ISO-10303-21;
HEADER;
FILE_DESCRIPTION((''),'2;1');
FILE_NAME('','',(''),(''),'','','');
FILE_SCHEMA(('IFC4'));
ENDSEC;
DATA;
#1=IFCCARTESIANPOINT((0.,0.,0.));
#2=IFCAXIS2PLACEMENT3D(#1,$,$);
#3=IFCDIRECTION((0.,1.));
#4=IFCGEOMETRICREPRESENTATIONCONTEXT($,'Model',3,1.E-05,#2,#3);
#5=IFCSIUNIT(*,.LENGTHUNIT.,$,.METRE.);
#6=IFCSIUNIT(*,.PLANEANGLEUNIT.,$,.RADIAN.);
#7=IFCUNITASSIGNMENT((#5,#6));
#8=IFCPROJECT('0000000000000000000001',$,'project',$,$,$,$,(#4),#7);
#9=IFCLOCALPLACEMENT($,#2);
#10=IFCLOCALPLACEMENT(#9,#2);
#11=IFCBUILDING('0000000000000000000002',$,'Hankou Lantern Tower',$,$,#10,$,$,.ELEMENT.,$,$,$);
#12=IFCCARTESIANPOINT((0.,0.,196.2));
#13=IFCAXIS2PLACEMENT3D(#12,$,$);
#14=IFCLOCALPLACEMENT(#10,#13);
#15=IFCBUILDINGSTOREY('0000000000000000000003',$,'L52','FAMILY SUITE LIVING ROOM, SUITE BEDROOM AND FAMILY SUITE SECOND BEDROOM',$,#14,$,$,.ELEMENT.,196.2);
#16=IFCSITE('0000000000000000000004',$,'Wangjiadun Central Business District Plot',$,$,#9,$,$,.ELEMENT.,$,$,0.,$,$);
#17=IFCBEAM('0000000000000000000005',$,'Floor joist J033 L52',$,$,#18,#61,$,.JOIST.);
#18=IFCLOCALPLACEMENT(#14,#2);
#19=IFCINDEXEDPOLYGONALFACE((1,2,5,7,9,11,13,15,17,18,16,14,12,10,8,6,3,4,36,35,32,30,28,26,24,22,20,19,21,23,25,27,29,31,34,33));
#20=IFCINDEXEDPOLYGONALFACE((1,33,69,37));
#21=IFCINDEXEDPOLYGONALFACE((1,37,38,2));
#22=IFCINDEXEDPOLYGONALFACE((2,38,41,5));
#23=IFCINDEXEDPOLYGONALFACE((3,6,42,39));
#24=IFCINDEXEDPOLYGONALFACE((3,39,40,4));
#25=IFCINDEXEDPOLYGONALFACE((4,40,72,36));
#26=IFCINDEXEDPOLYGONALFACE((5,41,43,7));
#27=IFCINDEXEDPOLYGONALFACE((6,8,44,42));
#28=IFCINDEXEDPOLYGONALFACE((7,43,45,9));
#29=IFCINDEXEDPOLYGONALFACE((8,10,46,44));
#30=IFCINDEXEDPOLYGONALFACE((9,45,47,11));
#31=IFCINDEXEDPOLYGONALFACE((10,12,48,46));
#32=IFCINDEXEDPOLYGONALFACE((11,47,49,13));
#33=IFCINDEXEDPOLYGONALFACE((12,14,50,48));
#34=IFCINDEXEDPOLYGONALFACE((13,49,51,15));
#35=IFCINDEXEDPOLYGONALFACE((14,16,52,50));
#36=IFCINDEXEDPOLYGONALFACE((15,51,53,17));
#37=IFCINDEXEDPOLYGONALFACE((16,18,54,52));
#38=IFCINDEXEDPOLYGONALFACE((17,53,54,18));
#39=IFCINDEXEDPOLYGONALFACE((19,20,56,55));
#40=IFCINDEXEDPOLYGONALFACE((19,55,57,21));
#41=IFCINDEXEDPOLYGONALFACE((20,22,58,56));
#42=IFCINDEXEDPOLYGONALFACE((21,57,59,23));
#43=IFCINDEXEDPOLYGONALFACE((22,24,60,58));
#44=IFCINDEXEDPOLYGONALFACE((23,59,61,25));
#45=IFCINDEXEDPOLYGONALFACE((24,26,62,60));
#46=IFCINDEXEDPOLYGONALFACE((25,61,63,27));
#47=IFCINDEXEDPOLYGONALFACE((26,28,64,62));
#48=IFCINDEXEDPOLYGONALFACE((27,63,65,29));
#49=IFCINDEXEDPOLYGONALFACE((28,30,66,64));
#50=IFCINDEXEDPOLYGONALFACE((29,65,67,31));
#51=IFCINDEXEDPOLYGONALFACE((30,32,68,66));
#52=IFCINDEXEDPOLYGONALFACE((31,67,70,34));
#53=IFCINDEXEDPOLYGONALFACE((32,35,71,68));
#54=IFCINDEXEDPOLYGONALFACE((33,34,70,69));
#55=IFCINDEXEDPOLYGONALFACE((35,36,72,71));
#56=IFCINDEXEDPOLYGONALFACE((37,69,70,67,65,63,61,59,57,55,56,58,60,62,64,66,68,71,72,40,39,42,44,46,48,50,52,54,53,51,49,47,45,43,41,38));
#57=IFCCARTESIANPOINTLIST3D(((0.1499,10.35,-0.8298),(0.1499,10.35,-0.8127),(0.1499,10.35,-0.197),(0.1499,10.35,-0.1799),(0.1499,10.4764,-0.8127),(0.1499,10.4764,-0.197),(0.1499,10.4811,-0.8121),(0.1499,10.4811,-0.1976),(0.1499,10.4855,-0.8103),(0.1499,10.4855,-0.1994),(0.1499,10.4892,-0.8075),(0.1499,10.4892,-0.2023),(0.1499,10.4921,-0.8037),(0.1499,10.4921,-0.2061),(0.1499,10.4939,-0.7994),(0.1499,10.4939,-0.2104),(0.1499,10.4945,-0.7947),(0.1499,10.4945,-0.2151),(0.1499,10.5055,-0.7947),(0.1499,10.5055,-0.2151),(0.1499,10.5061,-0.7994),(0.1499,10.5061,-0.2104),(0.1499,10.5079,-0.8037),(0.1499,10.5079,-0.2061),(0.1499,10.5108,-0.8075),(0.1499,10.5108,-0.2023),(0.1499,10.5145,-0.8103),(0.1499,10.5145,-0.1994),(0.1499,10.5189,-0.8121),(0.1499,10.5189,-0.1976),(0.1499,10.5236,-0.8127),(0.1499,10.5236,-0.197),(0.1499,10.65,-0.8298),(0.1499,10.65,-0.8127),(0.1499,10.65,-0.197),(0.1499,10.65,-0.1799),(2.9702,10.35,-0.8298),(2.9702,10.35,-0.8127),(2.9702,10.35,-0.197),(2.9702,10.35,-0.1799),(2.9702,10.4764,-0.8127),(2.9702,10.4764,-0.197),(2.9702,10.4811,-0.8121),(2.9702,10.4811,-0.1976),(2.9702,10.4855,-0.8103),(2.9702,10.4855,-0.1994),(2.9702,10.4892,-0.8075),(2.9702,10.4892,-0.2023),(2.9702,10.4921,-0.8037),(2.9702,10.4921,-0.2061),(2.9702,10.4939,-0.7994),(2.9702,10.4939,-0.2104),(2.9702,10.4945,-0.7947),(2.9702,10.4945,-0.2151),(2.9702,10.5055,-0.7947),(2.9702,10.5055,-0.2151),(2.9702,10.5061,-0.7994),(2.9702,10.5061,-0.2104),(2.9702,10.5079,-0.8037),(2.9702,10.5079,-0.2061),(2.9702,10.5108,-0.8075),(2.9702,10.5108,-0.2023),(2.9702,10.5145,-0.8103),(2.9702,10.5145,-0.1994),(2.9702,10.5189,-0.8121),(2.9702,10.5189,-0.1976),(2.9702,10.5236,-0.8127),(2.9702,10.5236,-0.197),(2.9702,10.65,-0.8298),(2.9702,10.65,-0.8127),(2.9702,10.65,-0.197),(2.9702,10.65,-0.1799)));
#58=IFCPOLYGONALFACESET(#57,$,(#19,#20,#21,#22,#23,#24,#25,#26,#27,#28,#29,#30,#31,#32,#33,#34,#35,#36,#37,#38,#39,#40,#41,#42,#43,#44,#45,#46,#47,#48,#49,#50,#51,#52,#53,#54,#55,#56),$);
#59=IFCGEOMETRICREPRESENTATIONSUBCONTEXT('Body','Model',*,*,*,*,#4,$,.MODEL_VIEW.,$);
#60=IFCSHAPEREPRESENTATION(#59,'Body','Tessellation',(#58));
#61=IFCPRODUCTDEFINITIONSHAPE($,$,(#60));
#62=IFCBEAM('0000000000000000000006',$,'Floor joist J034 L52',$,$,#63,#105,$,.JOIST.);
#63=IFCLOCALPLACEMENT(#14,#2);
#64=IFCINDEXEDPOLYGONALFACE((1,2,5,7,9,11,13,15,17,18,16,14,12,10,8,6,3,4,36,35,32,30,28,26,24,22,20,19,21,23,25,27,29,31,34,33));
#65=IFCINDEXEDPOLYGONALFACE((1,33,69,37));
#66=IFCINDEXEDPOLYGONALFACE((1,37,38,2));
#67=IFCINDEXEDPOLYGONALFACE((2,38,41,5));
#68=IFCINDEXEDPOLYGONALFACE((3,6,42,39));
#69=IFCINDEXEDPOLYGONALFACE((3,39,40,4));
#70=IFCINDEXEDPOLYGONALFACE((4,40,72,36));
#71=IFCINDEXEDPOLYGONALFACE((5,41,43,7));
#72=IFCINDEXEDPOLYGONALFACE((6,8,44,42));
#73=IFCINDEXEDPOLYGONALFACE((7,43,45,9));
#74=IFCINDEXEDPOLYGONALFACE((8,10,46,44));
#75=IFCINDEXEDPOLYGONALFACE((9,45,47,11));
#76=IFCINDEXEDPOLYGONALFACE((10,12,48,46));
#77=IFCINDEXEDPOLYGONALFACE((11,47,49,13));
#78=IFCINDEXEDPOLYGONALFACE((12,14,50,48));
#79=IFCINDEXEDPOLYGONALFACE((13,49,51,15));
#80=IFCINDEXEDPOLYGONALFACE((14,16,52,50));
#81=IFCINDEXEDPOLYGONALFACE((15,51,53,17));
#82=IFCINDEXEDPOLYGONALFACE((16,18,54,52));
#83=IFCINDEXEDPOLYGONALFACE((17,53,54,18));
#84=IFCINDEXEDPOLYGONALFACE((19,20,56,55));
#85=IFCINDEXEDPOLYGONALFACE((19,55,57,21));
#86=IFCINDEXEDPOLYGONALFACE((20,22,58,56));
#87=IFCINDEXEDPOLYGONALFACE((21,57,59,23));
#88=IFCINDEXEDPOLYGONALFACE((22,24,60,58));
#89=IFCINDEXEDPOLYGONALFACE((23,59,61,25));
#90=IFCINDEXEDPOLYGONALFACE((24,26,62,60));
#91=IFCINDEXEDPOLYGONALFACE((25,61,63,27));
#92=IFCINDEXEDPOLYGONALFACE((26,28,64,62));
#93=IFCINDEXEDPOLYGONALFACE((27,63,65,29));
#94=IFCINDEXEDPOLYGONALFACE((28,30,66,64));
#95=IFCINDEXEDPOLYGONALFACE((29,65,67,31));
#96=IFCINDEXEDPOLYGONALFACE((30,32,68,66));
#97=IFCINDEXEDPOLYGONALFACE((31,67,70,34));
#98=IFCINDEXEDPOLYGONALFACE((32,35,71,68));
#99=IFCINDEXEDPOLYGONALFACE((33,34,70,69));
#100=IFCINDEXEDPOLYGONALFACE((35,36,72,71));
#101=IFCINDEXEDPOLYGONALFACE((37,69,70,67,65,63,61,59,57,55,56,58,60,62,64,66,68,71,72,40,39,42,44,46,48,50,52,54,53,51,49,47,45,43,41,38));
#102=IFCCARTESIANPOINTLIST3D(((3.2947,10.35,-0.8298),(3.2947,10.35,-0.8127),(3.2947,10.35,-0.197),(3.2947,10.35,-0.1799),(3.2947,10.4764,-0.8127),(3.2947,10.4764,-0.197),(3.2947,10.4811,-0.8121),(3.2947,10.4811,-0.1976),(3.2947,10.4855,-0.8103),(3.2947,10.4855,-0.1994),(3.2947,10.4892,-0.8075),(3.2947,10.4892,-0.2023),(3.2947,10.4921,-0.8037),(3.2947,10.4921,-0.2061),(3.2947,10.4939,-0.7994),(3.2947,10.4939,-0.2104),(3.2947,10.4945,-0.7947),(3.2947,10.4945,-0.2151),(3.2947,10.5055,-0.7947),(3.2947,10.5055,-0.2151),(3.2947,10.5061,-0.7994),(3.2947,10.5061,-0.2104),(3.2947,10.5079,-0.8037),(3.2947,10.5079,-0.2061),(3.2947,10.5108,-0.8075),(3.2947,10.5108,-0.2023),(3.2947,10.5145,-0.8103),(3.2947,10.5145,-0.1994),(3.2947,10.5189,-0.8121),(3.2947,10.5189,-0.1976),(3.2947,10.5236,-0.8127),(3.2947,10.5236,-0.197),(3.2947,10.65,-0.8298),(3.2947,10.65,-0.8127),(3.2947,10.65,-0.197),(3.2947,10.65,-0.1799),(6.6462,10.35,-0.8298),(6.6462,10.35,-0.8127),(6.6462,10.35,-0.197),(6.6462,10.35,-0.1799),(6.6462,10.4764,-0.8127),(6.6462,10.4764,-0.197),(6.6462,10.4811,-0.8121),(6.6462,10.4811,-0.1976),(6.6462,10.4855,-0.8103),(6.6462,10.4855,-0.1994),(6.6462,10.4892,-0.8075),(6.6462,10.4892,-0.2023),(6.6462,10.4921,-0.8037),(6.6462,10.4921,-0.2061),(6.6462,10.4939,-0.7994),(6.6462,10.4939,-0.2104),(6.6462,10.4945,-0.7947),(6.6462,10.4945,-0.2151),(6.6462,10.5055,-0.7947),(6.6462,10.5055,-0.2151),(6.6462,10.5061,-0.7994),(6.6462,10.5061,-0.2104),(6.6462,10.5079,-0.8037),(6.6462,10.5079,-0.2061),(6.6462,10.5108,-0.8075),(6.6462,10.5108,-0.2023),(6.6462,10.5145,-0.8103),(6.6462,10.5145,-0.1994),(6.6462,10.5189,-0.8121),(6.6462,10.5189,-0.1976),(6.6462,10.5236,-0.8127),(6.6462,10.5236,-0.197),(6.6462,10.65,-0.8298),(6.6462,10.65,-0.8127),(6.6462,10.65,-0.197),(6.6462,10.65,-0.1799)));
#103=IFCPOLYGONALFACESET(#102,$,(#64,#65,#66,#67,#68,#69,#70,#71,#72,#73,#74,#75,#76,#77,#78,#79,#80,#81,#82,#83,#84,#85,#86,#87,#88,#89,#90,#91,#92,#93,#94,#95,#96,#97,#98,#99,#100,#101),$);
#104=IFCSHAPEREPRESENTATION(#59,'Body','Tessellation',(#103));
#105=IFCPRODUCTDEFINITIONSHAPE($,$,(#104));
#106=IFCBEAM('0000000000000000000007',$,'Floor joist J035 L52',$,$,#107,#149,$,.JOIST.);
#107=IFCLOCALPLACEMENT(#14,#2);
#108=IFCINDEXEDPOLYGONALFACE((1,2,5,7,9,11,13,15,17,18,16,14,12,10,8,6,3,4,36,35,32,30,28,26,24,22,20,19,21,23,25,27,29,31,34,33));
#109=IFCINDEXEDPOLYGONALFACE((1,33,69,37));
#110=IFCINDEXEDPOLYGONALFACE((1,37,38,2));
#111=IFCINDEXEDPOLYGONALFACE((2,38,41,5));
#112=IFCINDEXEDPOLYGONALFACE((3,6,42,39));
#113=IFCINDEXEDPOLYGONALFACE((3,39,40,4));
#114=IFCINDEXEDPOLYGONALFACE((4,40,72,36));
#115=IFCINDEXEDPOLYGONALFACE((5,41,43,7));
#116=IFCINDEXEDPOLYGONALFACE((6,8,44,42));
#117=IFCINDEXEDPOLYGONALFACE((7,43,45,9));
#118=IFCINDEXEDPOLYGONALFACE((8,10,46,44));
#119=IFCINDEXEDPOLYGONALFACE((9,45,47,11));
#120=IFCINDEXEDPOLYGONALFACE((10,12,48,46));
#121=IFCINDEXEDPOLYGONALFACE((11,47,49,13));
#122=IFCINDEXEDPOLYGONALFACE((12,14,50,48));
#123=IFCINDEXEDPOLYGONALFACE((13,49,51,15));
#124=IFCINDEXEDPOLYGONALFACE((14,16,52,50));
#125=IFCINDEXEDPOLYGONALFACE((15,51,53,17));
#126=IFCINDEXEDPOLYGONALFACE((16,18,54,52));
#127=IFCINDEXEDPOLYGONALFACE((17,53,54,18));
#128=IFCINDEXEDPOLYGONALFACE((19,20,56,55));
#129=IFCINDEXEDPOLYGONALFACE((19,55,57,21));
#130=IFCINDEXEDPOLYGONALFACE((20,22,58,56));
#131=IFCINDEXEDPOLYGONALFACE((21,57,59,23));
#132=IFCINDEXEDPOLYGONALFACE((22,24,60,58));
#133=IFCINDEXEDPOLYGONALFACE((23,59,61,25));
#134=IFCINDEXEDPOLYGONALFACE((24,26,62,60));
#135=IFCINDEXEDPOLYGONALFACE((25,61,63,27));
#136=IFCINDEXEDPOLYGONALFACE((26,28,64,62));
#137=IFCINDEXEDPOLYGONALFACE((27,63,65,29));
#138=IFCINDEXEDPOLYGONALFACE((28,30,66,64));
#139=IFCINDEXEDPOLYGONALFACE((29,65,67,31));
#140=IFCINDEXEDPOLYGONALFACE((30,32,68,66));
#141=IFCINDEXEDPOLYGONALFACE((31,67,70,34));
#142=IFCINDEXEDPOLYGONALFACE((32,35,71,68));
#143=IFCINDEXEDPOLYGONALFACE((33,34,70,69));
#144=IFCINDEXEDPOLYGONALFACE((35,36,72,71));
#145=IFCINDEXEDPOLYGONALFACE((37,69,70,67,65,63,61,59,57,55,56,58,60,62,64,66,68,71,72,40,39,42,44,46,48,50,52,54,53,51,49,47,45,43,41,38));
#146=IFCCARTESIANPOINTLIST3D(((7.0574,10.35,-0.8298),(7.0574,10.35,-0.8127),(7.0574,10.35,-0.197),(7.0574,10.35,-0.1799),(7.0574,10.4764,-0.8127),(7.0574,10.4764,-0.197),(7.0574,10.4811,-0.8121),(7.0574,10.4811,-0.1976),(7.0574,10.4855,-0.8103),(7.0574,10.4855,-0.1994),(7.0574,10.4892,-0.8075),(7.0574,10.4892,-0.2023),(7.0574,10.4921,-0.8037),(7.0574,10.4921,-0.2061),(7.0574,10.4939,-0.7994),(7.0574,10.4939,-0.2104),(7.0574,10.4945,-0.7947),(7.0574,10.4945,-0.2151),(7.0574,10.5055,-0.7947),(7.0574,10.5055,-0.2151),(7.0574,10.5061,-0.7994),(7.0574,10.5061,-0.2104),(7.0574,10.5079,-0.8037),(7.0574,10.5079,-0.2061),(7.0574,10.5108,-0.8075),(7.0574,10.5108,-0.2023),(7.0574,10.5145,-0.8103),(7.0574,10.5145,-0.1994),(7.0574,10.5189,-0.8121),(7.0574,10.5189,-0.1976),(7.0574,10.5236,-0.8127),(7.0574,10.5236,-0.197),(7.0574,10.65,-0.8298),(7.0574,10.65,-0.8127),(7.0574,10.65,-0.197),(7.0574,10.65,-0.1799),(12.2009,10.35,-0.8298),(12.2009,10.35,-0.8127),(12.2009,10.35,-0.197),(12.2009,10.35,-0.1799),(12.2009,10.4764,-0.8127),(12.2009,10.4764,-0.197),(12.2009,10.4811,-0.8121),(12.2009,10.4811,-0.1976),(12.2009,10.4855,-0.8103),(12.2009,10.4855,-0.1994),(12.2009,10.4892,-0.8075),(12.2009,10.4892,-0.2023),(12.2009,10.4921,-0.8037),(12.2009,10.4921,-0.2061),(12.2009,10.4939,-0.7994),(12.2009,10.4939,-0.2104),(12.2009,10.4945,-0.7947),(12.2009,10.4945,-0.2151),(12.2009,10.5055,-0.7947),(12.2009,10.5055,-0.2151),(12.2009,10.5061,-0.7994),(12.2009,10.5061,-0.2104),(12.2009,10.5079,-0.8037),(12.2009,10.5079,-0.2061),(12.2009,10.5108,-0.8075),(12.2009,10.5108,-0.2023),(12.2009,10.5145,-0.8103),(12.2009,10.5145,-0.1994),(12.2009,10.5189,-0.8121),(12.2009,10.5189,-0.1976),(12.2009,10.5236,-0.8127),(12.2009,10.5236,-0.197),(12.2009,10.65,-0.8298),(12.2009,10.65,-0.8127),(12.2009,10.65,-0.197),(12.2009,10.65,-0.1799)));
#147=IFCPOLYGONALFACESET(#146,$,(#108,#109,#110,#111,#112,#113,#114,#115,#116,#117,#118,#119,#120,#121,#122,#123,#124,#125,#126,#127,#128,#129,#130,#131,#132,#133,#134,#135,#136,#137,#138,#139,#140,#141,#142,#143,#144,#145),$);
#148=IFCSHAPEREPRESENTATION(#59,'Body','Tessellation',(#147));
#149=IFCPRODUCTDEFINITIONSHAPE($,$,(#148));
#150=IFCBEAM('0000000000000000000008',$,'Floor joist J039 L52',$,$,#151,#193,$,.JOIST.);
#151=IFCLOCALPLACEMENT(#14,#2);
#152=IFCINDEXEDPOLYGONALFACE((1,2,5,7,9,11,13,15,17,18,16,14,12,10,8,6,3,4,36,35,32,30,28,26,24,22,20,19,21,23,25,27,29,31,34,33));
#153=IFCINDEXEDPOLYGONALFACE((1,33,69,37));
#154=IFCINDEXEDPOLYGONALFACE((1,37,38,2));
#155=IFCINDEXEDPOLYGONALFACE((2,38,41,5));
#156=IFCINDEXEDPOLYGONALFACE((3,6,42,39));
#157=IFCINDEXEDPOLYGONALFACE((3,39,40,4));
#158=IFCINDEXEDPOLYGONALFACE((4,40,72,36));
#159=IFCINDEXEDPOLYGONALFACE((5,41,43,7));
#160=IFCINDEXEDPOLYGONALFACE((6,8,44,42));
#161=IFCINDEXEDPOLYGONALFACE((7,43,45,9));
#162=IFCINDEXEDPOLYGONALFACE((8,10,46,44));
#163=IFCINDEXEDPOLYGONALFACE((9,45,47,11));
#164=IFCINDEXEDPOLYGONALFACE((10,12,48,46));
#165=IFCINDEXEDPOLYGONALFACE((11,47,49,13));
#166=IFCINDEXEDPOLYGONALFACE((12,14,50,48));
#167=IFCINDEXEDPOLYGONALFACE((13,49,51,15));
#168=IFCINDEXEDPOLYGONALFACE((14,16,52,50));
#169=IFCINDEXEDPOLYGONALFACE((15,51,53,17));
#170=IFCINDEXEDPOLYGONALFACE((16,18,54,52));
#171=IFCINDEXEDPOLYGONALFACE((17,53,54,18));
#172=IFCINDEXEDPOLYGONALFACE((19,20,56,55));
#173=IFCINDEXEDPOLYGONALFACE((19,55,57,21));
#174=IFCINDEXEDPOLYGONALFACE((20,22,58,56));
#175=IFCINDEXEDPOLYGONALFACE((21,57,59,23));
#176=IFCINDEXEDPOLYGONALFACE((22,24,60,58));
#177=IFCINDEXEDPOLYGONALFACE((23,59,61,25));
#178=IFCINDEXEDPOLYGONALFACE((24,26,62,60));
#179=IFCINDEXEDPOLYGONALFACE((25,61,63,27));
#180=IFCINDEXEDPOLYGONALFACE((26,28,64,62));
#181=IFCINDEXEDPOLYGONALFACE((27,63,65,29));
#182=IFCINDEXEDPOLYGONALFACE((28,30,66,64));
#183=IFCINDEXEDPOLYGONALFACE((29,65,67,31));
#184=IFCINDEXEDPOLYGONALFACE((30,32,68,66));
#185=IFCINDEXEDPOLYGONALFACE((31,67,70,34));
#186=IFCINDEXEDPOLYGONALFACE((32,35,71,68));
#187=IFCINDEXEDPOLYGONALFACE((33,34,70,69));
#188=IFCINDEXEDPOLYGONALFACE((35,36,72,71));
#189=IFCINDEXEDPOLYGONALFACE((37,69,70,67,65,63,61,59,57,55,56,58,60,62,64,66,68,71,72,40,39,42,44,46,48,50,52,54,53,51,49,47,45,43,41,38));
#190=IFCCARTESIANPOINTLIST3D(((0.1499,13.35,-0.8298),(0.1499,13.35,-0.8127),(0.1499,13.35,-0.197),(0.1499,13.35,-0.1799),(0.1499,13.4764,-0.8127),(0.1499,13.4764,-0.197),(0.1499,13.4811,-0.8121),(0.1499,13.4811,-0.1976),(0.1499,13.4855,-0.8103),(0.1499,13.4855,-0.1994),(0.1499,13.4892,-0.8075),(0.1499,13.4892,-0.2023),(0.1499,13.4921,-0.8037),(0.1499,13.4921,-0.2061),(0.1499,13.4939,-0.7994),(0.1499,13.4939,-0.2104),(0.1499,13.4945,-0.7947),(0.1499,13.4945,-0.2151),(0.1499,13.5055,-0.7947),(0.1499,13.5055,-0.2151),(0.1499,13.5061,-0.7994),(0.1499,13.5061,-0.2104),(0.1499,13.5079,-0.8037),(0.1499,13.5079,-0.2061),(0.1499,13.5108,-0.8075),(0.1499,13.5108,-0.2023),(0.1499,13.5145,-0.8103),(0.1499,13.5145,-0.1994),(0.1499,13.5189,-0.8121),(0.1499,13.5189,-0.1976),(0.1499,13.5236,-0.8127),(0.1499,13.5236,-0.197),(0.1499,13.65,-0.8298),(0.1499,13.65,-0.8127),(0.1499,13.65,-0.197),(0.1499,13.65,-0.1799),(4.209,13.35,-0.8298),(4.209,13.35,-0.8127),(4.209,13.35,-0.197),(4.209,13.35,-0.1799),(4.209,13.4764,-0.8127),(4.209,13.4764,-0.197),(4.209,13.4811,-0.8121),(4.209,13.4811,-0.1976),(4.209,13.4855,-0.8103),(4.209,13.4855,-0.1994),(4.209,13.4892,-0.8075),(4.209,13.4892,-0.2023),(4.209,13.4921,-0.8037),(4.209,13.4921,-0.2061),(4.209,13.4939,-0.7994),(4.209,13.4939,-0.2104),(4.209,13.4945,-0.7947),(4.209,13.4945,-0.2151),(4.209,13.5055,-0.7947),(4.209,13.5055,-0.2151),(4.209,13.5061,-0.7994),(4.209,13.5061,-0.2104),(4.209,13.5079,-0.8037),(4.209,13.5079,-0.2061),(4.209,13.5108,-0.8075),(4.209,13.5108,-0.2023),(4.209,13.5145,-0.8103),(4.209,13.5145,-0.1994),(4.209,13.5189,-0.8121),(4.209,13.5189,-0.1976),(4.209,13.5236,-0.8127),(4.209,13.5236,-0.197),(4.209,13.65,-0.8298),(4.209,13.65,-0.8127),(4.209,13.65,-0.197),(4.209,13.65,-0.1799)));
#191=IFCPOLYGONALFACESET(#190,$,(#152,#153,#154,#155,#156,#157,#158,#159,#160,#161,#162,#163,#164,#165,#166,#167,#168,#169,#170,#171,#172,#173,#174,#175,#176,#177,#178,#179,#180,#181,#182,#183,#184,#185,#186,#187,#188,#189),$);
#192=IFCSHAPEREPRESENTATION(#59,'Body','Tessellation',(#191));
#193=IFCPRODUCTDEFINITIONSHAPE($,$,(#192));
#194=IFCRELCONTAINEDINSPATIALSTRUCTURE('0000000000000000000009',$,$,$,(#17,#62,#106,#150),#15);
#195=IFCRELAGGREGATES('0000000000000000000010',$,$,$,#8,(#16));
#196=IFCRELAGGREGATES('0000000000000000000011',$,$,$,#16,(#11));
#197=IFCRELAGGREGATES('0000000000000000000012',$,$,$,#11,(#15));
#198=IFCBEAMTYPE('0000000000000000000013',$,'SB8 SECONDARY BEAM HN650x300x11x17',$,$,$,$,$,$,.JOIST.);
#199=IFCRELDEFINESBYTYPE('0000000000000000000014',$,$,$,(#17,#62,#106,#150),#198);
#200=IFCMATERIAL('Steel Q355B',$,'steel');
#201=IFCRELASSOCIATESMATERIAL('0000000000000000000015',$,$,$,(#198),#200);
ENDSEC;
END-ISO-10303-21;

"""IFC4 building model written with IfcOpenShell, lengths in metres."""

from ifc_helpers import new_model, si_unit, direction, frame, origin, origin_2d, place, context, subcontext, project, spatial, i_section, extrude, material, material_profile, profile_set, type_object, element, save


model = new_model("IFC4")

# Units and contexts
model_context = context("Model", 3, precision=1e-05, world=origin(), true_north=direction((0.0, 1.0)))
body_context = subcontext(model_context, "Body", "Model", "MODEL_VIEW")
ifc_project = project(units=[si_unit("LENGTHUNIT", "METRE"), si_unit("PLANEANGLEUNIT", "RADIAN")], contexts=[model_context])

# Site, building, storey
site_placement = place(None, origin())
site = spatial("IfcSite", under=ifc_project, at=site_placement, Name="Wangjiadun Central Business District Plot", CompositionType="ELEMENT", RefElevation=0.0)
building_placement = place(site_placement, origin())
building = spatial("IfcBuilding", under=site, at=building_placement, Name="Hankou Lantern Tower", CompositionType="ELEMENT")
storey_placement = place(building_placement, frame((0.0, 0.0, 196.2)))
storey = spatial("IfcBuildingStorey", under=building, at=storey_placement, Name="L52", Description="FAMILY SUITE LIVING ROOM, SUITE BEDROOM AND FAMILY SUITE SECOND BEDROOM", CompositionType="ELEMENT", Elevation=196.2)

# Beams
ifc_material_1 = material(Name="Steel Q355B", Category="steel")
ifc_material_profile_1 = material_profile(ifc_material_1, i_section(OverallWidth=0.3, OverallDepth=0.6499, WebThickness=0.011, FlangeThickness=0.0171, FilletRadius=0.0181, at=origin_2d()), Name="HN650x300x11x17")
ifc_profile_set_1 = profile_set([ifc_material_profile_1], Name="Steel Q355B")
beam_type_1 = type_object("IfcBeamType", Name="SB8 SECONDARY BEAM HN650x300x11x17", PredefinedType="JOIST", material=ifc_profile_set_1)
beam_1_placement = place(storey_placement, frame((0.1499, 10.5, -0.5049), z_axis=(1.0, 0.0, 0.0), x_axis=(0.0, 1.0, 0.0)))
element("IfcBeam", 1, at=beam_1_placement, inside=storey, type_object=beam_type_1, Name="Floor joist J033 L52", PredefinedType="JOIST", context=body_context, shape_type="SweptSolid", body=[
    extrude(i_section(OverallWidth=0.3, OverallDepth=0.6499, WebThickness=0.011, FlangeThickness=0.0171, FilletRadius=0.0181, at=origin_2d()), origin(), (0.0, 0.0, 1.0), 2.8203),
])
beam_2_placement = place(storey_placement, frame((3.2947, 10.5, -0.5049), z_axis=(1.0, 0.0, 0.0), x_axis=(0.0, 1.0, 0.0)))
element("IfcBeam", 2, at=beam_2_placement, inside=storey, type_object=beam_type_1, Name="Floor joist J034 L52", PredefinedType="JOIST", context=body_context, shape_type="SweptSolid", body=[
    extrude(i_section(OverallWidth=0.3, OverallDepth=0.6499, WebThickness=0.011, FlangeThickness=0.0171, FilletRadius=0.0181, at=origin_2d()), origin(), (0.0, 0.0, 1.0), 3.3516),
])
beam_3_placement = place(storey_placement, frame((7.0574, 10.5, -0.5049), z_axis=(1.0, 0.0, 0.0), x_axis=(0.0, 1.0, 0.0)))
element("IfcBeam", 3, at=beam_3_placement, inside=storey, type_object=beam_type_1, Name="Floor joist J035 L52", PredefinedType="JOIST", context=body_context, shape_type="SweptSolid", body=[
    extrude(i_section(OverallWidth=0.3, OverallDepth=0.6499, WebThickness=0.011, FlangeThickness=0.0171, FilletRadius=0.0181, at=origin_2d()), origin(), (0.0, 0.0, 1.0), 5.1436),
])
beam_4_placement = place(storey_placement, frame((0.1499, 13.5, -0.5049), z_axis=(1.0, 0.0, 0.0), x_axis=(0.0, 1.0, 0.0)))
element("IfcBeam", 4, at=beam_4_placement, inside=storey, type_object=beam_type_1, Name="Floor joist J039 L52", PredefinedType="JOIST", context=body_context, shape_type="SweptSolid", body=[
    extrude(i_section(OverallWidth=0.3, OverallDepth=0.6499, WebThickness=0.011, FlangeThickness=0.0171, FilletRadius=0.0181, at=origin_2d()), origin(), (0.0, 0.0, 1.0), 4.0591),
])

save(model, "model.ifc")
